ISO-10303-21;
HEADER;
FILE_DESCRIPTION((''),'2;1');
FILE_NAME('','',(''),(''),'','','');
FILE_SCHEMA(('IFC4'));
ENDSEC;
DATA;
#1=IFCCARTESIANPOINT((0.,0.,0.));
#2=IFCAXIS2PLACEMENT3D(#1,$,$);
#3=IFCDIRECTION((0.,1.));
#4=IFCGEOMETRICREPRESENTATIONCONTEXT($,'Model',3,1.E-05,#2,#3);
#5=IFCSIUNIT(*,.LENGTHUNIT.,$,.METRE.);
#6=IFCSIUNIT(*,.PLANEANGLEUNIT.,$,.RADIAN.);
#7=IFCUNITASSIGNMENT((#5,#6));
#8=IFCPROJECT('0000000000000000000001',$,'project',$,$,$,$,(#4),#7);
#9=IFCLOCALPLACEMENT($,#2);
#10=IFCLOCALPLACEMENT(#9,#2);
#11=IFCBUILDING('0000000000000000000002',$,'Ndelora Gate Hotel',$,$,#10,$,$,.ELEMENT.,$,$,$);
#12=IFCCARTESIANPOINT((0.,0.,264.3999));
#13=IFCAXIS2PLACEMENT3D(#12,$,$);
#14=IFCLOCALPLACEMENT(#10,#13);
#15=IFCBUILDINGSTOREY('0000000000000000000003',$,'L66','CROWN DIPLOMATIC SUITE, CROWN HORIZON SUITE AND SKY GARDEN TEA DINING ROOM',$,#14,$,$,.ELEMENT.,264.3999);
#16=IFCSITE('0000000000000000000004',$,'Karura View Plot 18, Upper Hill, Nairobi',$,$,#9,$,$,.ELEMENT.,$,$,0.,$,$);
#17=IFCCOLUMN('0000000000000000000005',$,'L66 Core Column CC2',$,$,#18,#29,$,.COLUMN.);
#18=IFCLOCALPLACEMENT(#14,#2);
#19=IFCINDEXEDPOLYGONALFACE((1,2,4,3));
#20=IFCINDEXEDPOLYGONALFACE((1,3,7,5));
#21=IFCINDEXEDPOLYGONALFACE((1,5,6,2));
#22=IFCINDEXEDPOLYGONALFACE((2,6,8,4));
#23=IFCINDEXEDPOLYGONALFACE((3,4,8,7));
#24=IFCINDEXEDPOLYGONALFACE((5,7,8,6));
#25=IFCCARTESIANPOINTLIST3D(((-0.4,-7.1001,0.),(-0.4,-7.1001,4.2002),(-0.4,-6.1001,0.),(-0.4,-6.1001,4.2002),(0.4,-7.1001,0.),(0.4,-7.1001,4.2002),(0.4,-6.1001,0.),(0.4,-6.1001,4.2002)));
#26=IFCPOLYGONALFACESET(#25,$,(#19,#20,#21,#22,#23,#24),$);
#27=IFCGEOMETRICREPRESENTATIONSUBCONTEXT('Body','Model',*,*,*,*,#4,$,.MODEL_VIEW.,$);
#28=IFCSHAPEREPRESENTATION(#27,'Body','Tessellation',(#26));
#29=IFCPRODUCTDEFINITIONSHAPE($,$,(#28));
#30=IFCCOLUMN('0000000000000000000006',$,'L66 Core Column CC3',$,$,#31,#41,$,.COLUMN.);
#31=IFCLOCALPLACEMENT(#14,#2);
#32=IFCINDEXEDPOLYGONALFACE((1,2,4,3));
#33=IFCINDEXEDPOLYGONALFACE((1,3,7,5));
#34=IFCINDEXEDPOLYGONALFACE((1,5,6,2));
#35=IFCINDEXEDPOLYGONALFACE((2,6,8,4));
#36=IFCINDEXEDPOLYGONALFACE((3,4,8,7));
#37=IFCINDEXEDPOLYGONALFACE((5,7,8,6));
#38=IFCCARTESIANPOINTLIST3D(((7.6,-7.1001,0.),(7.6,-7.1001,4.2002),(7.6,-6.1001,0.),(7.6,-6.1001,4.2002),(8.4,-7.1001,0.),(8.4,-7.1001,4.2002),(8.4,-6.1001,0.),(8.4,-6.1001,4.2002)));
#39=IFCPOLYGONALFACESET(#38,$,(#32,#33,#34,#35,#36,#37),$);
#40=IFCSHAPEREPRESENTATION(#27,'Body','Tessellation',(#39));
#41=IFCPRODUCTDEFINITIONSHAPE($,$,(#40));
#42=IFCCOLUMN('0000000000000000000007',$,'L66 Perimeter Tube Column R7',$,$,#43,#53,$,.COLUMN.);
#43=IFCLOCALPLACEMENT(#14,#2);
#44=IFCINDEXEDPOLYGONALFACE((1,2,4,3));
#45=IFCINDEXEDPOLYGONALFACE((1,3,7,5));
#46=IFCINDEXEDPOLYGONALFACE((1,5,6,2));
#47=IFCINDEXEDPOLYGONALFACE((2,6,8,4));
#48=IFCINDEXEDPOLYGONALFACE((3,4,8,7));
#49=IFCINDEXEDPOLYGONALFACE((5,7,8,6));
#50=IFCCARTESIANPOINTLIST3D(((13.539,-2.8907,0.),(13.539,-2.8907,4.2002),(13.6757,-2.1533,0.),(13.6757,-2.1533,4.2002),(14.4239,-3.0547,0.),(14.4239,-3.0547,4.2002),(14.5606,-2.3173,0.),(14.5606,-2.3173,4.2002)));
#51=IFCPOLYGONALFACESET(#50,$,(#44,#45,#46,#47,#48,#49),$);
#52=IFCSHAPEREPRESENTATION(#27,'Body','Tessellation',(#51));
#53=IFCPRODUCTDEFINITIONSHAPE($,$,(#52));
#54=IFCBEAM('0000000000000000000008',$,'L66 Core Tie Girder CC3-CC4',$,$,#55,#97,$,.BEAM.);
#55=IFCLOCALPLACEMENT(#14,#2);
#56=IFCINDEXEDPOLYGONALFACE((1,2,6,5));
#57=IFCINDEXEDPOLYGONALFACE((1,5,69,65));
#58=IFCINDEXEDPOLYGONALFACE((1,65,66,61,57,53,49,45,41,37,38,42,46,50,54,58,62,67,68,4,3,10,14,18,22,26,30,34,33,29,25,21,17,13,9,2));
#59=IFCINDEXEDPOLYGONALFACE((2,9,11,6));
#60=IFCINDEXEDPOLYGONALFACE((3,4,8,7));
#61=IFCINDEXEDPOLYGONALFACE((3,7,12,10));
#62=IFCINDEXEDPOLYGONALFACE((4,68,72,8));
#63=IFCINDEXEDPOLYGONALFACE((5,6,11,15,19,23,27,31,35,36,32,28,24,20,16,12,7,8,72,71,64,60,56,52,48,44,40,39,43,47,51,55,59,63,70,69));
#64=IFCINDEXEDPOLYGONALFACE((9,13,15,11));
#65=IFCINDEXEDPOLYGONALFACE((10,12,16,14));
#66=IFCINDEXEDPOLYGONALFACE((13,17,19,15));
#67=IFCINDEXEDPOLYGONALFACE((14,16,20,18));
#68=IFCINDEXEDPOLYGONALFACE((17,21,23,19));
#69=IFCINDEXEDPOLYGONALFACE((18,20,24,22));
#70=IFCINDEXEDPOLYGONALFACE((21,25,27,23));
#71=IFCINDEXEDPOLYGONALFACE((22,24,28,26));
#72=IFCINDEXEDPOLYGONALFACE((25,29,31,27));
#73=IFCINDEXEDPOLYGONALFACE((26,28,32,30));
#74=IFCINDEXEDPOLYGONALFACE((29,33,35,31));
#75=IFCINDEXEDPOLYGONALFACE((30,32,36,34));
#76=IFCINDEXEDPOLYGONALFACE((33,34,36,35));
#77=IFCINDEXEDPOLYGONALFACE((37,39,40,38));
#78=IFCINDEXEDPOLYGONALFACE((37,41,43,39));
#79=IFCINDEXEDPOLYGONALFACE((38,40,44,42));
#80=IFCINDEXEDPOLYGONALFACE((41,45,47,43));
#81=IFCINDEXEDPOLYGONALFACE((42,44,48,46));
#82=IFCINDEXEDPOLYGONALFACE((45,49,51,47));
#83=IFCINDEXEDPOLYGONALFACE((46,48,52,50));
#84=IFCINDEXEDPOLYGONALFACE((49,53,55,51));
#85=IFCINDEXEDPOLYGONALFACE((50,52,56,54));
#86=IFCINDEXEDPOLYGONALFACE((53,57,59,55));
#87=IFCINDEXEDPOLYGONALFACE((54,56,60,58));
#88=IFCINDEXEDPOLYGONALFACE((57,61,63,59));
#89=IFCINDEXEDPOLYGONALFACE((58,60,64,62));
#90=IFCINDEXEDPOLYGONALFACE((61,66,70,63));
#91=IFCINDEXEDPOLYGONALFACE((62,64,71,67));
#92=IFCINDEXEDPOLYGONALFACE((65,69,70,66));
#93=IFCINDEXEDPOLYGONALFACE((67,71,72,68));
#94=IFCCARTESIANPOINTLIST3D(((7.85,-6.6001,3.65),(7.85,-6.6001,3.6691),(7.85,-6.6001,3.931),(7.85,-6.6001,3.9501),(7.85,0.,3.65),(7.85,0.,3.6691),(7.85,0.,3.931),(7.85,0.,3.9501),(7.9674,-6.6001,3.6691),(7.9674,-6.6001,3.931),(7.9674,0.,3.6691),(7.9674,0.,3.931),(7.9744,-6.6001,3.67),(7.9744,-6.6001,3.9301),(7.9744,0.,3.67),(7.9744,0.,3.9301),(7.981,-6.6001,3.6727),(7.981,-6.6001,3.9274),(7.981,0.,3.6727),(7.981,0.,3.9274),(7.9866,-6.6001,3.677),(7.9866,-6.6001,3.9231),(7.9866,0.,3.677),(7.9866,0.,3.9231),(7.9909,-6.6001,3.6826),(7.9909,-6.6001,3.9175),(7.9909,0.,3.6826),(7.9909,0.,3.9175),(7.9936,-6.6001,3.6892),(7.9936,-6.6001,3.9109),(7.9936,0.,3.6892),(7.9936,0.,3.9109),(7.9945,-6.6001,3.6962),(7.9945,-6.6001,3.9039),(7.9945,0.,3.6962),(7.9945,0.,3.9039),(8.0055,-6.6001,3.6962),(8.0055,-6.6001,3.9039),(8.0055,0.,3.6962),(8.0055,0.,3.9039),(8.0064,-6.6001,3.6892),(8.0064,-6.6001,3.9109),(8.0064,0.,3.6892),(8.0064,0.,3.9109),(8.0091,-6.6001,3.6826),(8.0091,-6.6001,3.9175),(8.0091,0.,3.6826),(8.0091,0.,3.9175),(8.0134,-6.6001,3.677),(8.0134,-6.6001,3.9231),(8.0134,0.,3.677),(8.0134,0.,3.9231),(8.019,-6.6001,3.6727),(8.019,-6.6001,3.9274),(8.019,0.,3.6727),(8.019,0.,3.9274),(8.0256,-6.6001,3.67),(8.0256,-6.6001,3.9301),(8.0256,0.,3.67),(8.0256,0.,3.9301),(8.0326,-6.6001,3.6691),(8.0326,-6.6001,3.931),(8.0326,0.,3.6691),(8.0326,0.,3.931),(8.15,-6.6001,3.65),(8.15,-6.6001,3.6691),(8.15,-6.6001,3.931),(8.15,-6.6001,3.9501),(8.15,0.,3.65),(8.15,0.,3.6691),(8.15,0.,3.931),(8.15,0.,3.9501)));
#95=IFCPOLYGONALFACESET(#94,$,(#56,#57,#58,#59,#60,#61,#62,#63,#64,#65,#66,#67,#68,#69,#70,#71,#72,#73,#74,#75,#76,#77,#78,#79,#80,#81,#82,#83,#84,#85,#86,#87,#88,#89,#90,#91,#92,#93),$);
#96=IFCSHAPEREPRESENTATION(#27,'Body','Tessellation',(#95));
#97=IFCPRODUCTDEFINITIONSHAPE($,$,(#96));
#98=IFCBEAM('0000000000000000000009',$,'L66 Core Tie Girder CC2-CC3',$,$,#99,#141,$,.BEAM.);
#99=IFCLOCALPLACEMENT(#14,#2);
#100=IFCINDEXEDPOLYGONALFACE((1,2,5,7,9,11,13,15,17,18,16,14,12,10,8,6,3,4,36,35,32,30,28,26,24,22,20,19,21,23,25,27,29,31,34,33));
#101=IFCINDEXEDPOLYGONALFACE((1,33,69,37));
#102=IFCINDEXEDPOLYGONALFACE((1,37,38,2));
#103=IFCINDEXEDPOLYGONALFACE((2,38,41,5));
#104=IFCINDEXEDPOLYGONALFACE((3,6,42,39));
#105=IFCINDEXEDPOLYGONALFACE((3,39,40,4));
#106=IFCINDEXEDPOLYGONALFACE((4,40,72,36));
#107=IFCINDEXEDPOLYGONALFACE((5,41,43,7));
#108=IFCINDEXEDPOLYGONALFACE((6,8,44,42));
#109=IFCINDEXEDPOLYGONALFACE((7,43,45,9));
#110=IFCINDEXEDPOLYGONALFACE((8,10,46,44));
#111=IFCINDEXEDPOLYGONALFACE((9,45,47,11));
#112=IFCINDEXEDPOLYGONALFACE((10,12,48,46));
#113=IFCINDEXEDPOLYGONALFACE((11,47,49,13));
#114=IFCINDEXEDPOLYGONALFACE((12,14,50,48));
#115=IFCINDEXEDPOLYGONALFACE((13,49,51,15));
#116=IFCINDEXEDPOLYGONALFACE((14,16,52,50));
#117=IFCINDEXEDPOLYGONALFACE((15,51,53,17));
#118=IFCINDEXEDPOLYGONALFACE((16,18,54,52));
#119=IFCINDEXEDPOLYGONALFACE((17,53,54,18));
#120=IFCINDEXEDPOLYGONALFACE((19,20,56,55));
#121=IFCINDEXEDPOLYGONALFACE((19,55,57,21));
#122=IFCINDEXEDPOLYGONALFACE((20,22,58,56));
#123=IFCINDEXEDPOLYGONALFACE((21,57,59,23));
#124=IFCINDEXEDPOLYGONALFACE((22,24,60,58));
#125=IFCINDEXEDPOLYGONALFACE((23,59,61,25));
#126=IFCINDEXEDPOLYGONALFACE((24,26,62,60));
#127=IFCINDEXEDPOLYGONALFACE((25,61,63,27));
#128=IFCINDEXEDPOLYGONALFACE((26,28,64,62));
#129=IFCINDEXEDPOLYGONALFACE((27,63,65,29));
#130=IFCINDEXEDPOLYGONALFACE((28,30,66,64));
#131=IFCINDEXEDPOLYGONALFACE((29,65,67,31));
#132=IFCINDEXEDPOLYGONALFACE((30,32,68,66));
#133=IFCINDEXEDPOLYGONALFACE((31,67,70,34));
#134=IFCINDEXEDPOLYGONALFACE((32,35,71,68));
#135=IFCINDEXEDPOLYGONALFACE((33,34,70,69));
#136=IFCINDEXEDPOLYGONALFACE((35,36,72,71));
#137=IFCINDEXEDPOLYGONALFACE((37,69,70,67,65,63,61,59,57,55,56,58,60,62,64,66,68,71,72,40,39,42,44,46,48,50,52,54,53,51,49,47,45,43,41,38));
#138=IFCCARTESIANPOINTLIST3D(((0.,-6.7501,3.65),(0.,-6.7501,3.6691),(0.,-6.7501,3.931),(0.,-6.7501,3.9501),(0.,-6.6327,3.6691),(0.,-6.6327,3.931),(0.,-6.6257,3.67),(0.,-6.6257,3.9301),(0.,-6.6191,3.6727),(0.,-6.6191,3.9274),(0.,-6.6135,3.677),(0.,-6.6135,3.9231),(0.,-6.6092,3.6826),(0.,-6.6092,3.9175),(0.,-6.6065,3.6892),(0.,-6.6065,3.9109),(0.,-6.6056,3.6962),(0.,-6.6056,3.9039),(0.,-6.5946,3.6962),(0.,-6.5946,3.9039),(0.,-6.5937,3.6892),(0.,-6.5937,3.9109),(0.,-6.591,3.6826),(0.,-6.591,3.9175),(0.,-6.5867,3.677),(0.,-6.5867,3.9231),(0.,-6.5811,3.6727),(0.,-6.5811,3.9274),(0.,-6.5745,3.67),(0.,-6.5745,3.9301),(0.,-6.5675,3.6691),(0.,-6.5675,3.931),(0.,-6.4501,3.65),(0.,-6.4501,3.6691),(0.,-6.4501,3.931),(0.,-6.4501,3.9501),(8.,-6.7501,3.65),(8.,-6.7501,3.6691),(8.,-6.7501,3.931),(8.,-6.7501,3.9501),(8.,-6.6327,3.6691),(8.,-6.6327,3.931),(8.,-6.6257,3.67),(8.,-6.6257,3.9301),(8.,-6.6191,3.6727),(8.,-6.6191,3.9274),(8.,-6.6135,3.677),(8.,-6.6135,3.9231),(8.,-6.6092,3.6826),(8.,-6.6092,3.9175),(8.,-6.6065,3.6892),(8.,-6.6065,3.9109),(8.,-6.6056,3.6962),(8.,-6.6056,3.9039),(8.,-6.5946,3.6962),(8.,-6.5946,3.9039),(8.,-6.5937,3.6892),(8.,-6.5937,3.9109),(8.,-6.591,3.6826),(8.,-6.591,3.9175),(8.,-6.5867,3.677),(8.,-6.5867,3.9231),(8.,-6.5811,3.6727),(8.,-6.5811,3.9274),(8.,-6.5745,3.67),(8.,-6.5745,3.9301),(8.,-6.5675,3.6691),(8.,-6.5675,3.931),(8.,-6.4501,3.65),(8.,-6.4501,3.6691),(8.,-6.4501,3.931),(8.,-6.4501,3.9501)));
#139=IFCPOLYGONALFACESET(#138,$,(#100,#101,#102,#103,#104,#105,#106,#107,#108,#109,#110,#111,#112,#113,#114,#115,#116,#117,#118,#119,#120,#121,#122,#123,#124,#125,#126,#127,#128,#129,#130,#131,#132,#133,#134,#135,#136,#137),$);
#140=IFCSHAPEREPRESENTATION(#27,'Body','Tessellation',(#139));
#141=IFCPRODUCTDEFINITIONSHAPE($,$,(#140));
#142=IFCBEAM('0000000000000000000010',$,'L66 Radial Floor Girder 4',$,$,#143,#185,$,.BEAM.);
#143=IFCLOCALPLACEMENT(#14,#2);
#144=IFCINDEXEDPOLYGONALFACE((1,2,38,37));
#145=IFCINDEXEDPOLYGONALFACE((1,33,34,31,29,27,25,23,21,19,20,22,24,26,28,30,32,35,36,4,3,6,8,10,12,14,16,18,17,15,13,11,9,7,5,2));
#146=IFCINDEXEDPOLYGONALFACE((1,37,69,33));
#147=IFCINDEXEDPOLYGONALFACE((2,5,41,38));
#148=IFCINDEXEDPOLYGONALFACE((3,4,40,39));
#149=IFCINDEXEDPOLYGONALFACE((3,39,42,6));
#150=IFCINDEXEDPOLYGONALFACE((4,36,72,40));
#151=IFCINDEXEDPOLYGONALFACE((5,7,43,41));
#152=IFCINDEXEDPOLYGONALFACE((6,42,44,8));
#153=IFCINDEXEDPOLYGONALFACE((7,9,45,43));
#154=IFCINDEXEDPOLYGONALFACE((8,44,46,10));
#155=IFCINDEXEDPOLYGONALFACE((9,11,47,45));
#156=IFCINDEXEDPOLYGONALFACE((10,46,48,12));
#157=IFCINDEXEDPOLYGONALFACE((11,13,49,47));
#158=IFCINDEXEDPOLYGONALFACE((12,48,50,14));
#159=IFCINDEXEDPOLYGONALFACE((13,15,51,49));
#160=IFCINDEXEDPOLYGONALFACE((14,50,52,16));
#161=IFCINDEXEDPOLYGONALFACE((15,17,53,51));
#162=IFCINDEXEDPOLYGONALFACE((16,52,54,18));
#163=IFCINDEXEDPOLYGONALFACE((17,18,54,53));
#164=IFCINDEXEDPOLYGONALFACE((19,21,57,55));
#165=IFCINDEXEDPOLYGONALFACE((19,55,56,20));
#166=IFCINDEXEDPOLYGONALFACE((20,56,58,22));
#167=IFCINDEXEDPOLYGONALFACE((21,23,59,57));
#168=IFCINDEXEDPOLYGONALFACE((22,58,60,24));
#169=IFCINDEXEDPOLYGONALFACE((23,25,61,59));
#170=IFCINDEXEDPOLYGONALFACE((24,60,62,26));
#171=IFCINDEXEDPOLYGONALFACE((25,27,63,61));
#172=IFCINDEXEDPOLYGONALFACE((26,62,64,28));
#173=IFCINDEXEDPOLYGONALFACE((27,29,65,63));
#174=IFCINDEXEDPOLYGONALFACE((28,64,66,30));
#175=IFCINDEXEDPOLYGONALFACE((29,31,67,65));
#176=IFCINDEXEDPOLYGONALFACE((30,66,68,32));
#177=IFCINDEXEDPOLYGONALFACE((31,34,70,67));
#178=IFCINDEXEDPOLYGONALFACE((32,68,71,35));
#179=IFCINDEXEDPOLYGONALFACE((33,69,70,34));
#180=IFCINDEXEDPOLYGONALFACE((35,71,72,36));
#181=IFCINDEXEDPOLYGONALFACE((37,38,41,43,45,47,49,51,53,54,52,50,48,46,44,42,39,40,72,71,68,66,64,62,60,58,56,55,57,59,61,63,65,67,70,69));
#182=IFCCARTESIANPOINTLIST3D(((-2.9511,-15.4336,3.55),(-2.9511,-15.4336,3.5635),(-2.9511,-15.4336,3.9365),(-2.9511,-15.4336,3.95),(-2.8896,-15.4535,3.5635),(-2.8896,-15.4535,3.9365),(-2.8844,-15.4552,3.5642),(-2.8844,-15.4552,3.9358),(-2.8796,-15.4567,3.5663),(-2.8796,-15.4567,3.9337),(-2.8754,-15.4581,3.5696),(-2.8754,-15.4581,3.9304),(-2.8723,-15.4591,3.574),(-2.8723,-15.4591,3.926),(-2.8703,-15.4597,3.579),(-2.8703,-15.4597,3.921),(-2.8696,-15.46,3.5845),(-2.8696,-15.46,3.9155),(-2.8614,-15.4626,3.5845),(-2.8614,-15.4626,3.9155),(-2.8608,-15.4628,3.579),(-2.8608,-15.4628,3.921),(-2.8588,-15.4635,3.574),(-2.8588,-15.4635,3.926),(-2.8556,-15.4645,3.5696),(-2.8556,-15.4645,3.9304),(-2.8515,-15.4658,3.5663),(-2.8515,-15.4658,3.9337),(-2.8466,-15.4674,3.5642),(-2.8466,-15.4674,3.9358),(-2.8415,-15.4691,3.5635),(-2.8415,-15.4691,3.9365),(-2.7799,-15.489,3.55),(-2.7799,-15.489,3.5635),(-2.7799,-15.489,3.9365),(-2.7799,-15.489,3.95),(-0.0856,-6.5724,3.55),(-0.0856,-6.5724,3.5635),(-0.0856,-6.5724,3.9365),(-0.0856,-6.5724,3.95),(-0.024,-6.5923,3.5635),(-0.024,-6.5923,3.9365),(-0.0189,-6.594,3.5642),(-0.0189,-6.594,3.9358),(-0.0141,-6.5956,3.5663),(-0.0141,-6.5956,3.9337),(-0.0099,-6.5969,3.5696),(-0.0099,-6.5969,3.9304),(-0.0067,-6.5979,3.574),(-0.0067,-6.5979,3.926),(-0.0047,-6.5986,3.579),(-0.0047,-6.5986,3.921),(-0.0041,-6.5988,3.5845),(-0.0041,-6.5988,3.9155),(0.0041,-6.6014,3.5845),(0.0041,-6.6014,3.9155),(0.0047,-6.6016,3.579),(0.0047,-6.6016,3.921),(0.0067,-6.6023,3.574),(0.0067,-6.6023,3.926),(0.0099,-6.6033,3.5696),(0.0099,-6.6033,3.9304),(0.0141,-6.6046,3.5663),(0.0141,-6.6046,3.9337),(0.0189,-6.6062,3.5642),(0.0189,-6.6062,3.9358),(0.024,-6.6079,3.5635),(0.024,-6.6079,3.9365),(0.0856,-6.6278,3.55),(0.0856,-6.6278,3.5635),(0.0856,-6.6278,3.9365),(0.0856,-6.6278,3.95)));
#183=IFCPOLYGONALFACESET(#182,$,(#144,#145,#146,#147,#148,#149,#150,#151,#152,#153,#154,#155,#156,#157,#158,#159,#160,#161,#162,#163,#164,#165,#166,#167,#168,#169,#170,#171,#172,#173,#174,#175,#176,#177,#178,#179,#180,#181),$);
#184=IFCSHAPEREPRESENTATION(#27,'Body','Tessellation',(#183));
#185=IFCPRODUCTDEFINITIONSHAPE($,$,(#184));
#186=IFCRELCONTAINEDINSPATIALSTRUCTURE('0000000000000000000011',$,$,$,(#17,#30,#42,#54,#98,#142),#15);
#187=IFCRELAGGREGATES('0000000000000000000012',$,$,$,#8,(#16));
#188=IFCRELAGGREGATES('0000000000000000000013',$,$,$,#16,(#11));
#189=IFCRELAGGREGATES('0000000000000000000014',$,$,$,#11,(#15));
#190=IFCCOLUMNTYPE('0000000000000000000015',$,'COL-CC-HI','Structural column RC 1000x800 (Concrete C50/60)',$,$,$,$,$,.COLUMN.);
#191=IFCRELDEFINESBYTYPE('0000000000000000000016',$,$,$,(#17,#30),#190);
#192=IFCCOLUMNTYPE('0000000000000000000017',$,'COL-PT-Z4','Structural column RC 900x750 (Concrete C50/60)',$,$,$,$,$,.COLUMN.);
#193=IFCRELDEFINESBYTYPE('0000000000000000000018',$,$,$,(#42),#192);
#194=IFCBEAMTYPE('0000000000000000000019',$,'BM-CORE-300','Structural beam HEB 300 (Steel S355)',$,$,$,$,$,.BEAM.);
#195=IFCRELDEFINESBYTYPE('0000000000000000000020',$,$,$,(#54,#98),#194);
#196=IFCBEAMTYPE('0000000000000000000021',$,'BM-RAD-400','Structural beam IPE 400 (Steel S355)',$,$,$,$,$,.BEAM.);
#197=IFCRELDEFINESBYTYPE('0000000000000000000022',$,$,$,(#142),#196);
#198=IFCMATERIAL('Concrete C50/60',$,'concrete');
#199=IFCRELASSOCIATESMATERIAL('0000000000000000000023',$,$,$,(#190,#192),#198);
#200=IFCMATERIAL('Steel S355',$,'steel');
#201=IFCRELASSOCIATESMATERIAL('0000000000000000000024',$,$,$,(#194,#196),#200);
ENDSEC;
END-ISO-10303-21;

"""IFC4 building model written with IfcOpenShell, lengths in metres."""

from ifc_helpers import new_model, si_unit, direction, frame, origin, origin_2d, place, context, subcontext, project, spatial, rectangle, i_section, extrude, material, material_profile, profile_set, type_object, element, save


model = new_model("IFC4")

# Units and contexts
model_context = context("Model", 3, precision=1e-05, world=origin(), true_north=direction((0.0, 1.0)))
body_context = subcontext(model_context, "Body", "Model", "MODEL_VIEW")
ifc_project = project(units=[si_unit("LENGTHUNIT", "METRE"), si_unit("PLANEANGLEUNIT", "RADIAN")], contexts=[model_context])

# Site, building, storey
site_placement = place(None, origin())
site = spatial("IfcSite", under=ifc_project, at=site_placement, Name="Karura View Plot 18, Upper Hill, Nairobi", CompositionType="ELEMENT", RefElevation=0.0)
building_placement = place(site_placement, origin())
building = spatial("IfcBuilding", under=site, at=building_placement, Name="Ndelora Gate Hotel", CompositionType="ELEMENT")
storey_placement = place(building_placement, frame((0.0, 0.0, 264.3999)))
storey = spatial("IfcBuildingStorey", under=building, at=storey_placement, Name="L66", Description="CROWN DIPLOMATIC SUITE, CROWN HORIZON SUITE AND SKY GARDEN TEA DINING ROOM", CompositionType="ELEMENT", Elevation=264.3999)

# Columns
ifc_material_1 = material(Name="Concrete C50/60", Category="concrete")
ifc_material_profile_1 = material_profile(ifc_material_1, rectangle(XDim=0.8, YDim=1.0, at=origin_2d()), Name="RC 1000x800")
ifc_profile_set_1 = profile_set([ifc_material_profile_1], Name="Concrete C50/60")
column_type_1 = type_object("IfcColumnType", Name="COL-CC-HI", Description="Structural column RC 1000x800 (Concrete C50/60)", PredefinedType="COLUMN", material=ifc_profile_set_1)
for number, where, z_axis, x_axis, name in (
    (1, (0.0, -6.6001, 0.0), (0.0, 0.0, 1.0), (1.0, 0.0, 0.0), "L66 Core Column CC2"),
    (2, (8.0, -6.6001, 0.0), (0.0, 0.0, 1.0), (1.0, 0.0, 0.0), "L66 Core Column CC3"),
):
    element("IfcColumn", number, at=place(storey_placement, frame(where, z_axis=z_axis, x_axis=x_axis)), inside=storey, type_object=column_type_1, Name=name, PredefinedType="COLUMN", context=body_context, shape_type="SweptSolid", body=[
        extrude(rectangle(XDim=0.8, YDim=1.0, at=origin_2d()), origin(), (0.0, 0.0, 1.0), 4.2002),
    ])
ifc_material_profile_2 = material_profile(ifc_material_1, rectangle(XDim=0.75, YDim=0.8999, at=origin_2d()), Name="RC 900x750")
ifc_profile_set_2 = profile_set([ifc_material_profile_2], Name="Concrete C50/60")
column_type_2 = type_object("IfcColumnType", Name="COL-PT-Z4", Description="Structural column RC 900x750 (Concrete C50/60)", PredefinedType="COLUMN", material=ifc_profile_set_2)
column_placement = place(storey_placement, frame((14.0498, -2.604, 0.0), z_axis=(0.0, 0.0, 1.0), x_axis=(0.182236, 0.983255, 0.0)))
element("IfcColumn", 3, at=column_placement, inside=storey, type_object=column_type_2, Name="L66 Perimeter Tube Column R7", PredefinedType="COLUMN", context=body_context, shape_type="SweptSolid", body=[
    extrude(rectangle(XDim=0.75, YDim=0.8999, at=origin_2d()), origin(), (0.0, 0.0, 1.0), 4.2002),
])

# Beams
ifc_material_2 = material(Name="Steel S355", Category="steel")
ifc_material_profile_3 = material_profile(ifc_material_2, i_section(OverallWidth=0.3, OverallDepth=0.3, WebThickness=0.011, FlangeThickness=0.019, FilletRadius=0.0271, at=origin_2d()), Name="HEB 300")
ifc_profile_set_3 = profile_set([ifc_material_profile_3], Name="Steel S355")
beam_type_1 = type_object("IfcBeamType", Name="BM-CORE-300", Description="Structural beam HEB 300 (Steel S355)", PredefinedType="BEAM", material=ifc_profile_set_3)
beam_1_placement = place(storey_placement, frame((8.0, -6.6001, 3.8), z_axis=(0.0, 1.0, 0.0), x_axis=(-1.0, 0.0, 0.0)))
element("IfcBeam", 4, at=beam_1_placement, inside=storey, type_object=beam_type_1, Name="L66 Core Tie Girder CC3-CC4", PredefinedType="BEAM", context=body_context, shape_type="SweptSolid", body=[
    extrude(i_section(OverallWidth=0.3, OverallDepth=0.3, WebThickness=0.011, FlangeThickness=0.019, FilletRadius=0.0271, at=origin_2d()), origin(), (0.0, 0.0, 1.0), 6.6001),
])
beam_2_placement = place(storey_placement, frame((0.0, -6.6001, 3.8), z_axis=(1.0, 0.0, 0.0), x_axis=(0.0, 1.0, 0.0)))
element("IfcBeam", 5, at=beam_2_placement, inside=storey, type_object=beam_type_1, Name="L66 Core Tie Girder CC2-CC3", PredefinedType="BEAM", context=body_context, shape_type="SweptSolid", body=[
    extrude(i_section(OverallWidth=0.3, OverallDepth=0.3, WebThickness=0.011, FlangeThickness=0.019, FilletRadius=0.0271, at=origin_2d()), origin(), (0.0, 0.0, 1.0), 8.0),
])
ifc_material_profile_4 = material_profile(ifc_material_2, i_section(OverallWidth=0.1799, OverallDepth=0.3999, WebThickness=0.0085, FlangeThickness=0.0134, FilletRadius=0.021, at=origin_2d()), Name="IPE 400")
ifc_profile_set_4 = profile_set([ifc_material_profile_4], Name="Steel S355")
beam_type_2 = type_object("IfcBeamType", Name="BM-RAD-400", Description="Structural beam IPE 400 (Steel S355)", PredefinedType="BEAM", material=ifc_profile_set_4)
beam_3_placement = place(storey_placement, frame((0.0, -6.6001, 3.75), z_axis=(-0.30769, -0.951487, 0.0), x_axis=(0.951487, -0.30769, 0.0)))
element("IfcBeam", 6, at=beam_3_placement, inside=storey, type_object=beam_type_2, Name="L66 Radial Floor Girder 4", PredefinedType="BEAM", context=body_context, shape_type="SweptSolid", body=[
    extrude(i_section(OverallWidth=0.1799, OverallDepth=0.3999, WebThickness=0.0085, FlangeThickness=0.0134, FilletRadius=0.021, at=origin_2d()), origin(), (0.0, 0.0, 1.0), 9.313),
])

save(model, "model.ifc")
